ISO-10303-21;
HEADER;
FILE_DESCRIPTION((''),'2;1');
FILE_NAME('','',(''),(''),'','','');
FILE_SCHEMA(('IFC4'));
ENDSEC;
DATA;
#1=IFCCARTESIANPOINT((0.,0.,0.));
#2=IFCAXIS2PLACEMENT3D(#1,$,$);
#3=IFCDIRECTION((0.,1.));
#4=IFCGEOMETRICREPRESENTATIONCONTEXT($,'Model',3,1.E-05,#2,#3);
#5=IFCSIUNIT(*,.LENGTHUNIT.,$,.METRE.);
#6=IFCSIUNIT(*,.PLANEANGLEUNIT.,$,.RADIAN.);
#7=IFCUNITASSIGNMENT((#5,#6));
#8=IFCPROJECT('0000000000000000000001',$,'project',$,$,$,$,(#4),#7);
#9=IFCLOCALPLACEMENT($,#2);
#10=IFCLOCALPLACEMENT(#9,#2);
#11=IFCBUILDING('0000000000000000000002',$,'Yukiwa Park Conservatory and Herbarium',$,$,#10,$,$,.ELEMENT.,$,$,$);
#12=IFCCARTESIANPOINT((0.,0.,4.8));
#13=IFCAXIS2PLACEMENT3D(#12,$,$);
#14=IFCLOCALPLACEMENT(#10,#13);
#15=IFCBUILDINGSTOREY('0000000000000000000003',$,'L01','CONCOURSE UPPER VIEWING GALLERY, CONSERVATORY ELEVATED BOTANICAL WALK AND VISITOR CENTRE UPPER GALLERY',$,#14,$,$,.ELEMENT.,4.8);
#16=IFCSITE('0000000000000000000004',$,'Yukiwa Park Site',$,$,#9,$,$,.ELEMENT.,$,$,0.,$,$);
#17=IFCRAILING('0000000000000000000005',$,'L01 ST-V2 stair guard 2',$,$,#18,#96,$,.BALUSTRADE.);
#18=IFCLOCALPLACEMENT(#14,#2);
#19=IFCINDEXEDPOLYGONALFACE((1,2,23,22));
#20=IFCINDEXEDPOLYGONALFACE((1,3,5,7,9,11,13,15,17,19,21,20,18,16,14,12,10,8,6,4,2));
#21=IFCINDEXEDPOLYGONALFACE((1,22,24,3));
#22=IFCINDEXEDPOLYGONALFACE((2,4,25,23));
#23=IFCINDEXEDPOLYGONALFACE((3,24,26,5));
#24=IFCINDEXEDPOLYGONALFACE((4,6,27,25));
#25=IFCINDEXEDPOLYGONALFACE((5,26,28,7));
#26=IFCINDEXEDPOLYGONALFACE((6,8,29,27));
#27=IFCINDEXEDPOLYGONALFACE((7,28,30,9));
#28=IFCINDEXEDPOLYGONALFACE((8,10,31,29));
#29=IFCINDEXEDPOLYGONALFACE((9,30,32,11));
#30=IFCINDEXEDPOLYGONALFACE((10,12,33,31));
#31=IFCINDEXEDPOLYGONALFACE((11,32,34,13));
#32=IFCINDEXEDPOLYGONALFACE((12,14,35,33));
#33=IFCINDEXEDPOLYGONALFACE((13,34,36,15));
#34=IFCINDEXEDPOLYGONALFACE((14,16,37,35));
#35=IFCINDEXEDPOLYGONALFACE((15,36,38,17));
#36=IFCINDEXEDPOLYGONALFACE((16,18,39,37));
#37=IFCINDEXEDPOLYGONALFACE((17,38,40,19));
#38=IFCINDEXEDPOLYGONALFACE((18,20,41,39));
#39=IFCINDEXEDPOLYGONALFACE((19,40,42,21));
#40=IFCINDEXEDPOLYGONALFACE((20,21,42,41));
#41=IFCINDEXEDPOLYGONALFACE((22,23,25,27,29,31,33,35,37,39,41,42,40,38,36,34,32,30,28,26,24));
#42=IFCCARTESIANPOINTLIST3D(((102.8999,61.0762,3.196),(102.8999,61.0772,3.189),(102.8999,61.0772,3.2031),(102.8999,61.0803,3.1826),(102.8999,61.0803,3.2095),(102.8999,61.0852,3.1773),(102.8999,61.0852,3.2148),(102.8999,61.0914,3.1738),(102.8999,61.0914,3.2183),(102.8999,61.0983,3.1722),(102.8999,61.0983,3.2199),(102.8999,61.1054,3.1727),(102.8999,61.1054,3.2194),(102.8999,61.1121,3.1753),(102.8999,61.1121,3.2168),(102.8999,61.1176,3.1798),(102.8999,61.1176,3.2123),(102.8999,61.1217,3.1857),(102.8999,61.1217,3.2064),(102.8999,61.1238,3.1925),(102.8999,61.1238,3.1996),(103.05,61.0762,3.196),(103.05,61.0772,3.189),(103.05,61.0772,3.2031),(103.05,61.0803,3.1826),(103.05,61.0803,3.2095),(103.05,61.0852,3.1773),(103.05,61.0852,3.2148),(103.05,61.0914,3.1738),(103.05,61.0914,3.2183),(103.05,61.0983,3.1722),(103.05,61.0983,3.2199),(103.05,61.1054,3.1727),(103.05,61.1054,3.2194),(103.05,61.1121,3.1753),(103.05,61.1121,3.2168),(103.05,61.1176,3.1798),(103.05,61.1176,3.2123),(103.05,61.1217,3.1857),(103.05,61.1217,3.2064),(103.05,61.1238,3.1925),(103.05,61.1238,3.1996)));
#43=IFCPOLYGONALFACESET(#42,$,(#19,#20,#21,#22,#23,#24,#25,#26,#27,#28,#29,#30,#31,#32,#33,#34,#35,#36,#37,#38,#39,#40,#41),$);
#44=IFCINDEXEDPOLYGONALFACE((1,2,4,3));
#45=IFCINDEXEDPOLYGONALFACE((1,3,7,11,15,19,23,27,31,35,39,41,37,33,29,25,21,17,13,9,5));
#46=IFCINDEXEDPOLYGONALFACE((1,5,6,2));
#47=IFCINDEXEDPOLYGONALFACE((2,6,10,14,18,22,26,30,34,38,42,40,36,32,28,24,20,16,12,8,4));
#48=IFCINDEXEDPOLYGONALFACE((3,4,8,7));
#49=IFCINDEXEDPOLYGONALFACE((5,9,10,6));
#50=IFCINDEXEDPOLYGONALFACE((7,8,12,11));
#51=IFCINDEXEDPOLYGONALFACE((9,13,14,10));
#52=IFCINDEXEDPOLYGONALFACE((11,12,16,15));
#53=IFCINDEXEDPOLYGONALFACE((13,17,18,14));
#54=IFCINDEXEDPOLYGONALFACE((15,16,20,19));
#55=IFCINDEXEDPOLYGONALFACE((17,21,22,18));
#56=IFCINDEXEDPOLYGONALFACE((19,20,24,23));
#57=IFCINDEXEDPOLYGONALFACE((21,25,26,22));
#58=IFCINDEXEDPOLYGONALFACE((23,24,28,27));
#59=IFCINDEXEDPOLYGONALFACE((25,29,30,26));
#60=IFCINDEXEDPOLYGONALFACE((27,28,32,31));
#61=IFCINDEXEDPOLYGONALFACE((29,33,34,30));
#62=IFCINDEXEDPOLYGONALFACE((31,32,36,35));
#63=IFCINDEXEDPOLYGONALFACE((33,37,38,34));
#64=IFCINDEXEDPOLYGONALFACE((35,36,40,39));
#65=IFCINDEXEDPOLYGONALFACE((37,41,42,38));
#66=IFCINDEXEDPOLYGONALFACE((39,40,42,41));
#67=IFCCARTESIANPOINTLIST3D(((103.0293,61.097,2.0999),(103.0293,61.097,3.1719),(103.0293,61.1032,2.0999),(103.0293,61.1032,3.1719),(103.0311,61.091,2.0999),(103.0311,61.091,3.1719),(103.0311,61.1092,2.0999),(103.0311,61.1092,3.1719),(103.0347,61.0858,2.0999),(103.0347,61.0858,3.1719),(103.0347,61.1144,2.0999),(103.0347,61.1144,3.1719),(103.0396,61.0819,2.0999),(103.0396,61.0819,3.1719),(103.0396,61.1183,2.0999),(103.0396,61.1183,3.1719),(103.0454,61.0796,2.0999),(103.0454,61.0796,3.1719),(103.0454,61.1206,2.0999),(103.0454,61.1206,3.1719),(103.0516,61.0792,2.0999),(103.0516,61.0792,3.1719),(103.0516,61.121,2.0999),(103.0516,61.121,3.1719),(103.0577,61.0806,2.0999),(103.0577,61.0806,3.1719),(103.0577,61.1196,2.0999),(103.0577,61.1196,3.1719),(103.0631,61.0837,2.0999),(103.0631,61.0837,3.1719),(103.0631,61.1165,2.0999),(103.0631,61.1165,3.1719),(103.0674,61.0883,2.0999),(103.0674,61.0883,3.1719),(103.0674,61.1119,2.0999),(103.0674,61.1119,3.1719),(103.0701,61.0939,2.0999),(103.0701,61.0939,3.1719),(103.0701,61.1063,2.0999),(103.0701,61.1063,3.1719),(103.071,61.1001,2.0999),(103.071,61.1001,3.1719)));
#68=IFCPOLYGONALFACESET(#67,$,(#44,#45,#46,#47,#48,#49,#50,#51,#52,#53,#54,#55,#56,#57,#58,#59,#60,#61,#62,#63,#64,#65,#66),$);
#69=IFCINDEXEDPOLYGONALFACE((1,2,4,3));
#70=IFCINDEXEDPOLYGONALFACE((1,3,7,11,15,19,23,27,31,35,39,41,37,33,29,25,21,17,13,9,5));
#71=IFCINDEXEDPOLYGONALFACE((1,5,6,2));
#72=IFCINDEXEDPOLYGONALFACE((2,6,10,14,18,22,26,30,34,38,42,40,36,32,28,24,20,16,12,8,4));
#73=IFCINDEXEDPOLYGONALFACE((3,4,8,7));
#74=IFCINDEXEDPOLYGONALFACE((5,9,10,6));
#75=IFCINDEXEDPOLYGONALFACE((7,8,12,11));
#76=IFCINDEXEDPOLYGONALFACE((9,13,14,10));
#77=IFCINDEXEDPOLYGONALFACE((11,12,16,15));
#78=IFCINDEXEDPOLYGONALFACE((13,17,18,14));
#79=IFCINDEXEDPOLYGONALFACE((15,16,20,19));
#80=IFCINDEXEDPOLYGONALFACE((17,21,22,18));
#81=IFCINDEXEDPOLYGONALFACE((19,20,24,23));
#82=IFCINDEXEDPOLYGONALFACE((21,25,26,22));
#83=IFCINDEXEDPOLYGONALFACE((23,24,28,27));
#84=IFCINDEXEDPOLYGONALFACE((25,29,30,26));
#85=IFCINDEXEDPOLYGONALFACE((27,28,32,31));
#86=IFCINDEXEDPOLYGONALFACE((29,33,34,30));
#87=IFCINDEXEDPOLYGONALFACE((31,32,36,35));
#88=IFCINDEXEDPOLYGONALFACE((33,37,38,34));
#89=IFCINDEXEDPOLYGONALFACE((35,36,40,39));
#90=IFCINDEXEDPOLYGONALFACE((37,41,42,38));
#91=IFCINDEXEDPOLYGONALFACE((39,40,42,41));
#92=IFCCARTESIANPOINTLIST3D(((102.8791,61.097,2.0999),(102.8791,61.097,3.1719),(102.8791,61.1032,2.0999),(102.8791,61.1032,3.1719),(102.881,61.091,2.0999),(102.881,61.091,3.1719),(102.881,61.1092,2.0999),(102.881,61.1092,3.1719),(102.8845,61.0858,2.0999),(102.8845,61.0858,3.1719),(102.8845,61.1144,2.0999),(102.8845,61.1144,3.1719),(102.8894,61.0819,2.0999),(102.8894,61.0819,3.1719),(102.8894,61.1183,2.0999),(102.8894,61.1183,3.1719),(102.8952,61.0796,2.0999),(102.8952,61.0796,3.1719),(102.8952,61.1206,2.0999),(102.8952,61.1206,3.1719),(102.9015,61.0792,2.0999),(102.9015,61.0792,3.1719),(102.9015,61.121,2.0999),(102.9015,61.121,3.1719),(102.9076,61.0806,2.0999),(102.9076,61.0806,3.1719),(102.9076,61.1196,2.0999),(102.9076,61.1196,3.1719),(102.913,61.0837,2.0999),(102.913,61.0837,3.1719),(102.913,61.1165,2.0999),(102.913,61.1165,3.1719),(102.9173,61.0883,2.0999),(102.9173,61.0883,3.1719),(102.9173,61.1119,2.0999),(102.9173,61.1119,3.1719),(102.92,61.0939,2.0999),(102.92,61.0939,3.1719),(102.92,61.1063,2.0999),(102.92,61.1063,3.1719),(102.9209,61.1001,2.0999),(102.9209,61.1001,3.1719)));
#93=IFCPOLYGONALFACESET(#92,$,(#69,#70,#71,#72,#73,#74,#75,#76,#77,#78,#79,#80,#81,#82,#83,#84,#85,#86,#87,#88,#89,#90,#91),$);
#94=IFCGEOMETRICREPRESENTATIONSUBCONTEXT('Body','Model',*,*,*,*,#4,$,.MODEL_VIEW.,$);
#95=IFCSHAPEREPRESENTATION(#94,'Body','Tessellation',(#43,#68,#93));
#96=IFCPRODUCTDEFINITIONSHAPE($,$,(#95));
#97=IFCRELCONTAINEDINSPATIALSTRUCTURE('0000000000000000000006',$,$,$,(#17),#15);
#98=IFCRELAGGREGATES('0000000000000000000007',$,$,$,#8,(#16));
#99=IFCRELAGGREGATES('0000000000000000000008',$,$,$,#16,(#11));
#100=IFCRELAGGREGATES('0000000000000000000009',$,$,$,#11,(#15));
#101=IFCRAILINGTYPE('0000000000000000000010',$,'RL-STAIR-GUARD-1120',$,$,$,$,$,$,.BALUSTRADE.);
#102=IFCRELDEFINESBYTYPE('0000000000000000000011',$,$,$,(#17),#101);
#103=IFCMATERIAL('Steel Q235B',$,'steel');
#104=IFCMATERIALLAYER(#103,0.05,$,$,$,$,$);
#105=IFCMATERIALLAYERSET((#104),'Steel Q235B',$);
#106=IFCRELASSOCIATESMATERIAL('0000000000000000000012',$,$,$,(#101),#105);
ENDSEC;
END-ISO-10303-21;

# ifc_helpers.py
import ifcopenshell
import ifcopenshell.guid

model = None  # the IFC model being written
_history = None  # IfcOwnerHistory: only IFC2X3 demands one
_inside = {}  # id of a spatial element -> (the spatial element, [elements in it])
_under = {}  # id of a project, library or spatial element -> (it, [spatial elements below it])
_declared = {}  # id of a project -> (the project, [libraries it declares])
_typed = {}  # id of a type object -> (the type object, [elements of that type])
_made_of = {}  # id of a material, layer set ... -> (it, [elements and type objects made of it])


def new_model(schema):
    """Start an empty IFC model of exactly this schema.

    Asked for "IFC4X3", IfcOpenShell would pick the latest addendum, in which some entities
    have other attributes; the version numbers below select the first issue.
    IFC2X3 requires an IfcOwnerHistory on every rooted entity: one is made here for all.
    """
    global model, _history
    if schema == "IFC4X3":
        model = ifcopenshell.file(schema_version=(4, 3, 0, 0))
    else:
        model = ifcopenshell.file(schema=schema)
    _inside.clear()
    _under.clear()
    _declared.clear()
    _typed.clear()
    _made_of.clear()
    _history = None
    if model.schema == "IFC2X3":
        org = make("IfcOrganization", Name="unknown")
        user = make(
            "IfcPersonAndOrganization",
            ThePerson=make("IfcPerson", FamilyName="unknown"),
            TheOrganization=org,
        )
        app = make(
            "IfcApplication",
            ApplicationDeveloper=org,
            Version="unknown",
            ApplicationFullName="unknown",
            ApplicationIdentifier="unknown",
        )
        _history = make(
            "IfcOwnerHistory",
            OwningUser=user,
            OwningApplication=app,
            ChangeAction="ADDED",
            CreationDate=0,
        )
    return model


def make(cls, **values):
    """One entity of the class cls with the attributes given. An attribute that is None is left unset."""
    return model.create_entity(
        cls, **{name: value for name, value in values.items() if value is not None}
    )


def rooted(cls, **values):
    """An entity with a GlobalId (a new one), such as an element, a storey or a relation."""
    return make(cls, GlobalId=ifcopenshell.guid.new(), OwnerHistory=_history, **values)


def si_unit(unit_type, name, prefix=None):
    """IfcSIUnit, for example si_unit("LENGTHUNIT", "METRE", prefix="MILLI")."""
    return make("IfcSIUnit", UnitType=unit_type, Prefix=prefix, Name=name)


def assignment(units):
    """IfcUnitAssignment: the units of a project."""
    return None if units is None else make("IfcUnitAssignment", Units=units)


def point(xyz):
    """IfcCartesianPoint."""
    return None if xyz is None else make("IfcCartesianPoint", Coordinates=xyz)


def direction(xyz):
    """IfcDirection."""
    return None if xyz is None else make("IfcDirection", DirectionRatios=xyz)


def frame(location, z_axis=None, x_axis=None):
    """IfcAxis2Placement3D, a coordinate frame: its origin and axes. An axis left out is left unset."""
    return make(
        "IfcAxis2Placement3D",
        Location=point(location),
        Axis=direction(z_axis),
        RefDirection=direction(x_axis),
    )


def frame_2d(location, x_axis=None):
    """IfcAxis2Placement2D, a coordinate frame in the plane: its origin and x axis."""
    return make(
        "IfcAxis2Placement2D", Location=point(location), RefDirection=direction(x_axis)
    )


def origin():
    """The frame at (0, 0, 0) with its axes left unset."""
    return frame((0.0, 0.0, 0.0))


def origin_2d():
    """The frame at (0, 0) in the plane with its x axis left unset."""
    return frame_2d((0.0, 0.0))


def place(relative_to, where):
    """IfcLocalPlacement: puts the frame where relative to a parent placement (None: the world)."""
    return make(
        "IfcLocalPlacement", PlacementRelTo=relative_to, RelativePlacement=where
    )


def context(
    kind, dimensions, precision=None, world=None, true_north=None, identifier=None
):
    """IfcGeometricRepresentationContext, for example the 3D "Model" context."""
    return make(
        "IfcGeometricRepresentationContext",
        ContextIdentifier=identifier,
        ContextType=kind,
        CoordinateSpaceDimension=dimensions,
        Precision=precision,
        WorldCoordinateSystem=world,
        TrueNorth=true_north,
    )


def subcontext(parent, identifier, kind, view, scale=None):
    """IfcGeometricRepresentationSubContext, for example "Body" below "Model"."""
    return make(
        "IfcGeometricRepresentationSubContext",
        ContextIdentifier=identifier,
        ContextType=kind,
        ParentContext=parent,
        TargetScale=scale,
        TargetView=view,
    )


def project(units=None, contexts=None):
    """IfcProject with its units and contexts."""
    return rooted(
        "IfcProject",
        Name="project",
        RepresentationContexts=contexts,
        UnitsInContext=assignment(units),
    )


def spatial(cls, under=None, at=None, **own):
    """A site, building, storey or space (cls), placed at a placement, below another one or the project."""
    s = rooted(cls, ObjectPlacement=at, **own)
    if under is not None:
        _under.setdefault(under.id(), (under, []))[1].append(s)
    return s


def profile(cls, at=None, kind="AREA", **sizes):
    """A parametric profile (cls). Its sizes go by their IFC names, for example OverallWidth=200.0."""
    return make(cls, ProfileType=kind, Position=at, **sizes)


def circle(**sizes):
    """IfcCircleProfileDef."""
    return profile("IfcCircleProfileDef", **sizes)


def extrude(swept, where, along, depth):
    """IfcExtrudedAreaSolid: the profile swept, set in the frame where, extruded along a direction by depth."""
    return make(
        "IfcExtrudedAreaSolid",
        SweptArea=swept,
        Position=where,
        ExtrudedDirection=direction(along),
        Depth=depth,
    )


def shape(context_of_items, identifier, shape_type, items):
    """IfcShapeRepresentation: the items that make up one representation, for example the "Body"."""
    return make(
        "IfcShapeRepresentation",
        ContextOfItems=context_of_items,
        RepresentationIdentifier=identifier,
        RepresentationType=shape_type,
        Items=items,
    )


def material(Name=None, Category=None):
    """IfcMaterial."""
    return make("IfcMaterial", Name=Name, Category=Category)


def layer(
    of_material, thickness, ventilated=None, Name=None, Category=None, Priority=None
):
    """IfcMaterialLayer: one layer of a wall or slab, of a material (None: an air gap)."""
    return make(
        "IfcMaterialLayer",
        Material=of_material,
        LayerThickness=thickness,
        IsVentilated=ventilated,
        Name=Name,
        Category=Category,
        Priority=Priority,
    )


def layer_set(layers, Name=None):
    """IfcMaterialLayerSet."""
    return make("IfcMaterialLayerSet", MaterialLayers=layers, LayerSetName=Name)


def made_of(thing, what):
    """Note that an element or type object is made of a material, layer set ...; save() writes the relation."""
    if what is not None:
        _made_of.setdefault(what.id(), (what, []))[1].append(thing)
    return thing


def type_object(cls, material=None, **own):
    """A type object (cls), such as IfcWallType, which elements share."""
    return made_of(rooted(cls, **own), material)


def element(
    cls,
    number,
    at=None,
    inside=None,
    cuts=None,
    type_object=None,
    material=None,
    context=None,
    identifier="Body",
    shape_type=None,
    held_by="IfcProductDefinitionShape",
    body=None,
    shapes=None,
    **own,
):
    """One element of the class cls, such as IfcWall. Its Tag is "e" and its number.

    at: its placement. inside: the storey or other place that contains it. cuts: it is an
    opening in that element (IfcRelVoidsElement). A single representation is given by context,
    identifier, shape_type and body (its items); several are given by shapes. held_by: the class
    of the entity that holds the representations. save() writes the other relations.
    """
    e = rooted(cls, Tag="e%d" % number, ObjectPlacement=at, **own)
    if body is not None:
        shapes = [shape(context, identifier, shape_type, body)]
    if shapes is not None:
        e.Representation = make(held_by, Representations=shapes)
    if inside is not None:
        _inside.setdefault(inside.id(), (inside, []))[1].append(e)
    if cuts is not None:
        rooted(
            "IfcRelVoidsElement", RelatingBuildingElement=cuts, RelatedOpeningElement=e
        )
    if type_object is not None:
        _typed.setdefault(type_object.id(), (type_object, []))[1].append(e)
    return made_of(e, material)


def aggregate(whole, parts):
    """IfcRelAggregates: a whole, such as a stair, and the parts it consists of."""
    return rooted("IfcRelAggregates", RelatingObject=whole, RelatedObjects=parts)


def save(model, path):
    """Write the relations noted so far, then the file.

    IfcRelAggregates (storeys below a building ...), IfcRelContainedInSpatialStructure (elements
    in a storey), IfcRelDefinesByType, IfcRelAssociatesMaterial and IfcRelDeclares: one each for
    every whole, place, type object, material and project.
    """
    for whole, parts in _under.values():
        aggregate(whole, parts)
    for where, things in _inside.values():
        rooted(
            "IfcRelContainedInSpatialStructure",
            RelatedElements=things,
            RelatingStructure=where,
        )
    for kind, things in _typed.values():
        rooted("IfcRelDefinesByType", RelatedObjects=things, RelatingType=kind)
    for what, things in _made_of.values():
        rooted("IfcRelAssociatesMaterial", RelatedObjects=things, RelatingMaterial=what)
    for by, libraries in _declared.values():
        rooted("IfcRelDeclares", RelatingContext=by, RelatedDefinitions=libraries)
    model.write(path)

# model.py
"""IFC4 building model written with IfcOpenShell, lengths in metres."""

from ifc_helpers import new_model, si_unit, direction, frame, origin, origin_2d, place, context, subcontext, project, spatial, circle, extrude, material, layer, layer_set, type_object, element, save


model = new_model("IFC4")

# Units and contexts
model_context = context("Model", 3, precision=1e-05, world=origin(), true_north=direction((0.0, 1.0)))
body_context = subcontext(model_context, "Body", "Model", "MODEL_VIEW")
ifc_project = project(units=[si_unit("LENGTHUNIT", "METRE"), si_unit("PLANEANGLEUNIT", "RADIAN")], contexts=[model_context])

# Site, building, storey
site_placement = place(None, origin())
site = spatial("IfcSite", under=ifc_project, at=site_placement, Name="Yukiwa Park Site", CompositionType="ELEMENT", RefElevation=0.0)
building_placement = place(site_placement, origin())
building = spatial("IfcBuilding", under=site, at=building_placement, Name="Yukiwa Park Conservatory and Herbarium", CompositionType="ELEMENT")
storey_placement = place(building_placement, frame((0.0, 0.0, 4.8)))
storey = spatial("IfcBuildingStorey", under=building, at=storey_placement, Name="L01", Description="CONCOURSE UPPER VIEWING GALLERY, CONSERVATORY ELEVATED BOTANICAL WALK AND VISITOR CENTRE UPPER GALLERY", CompositionType="ELEMENT", Elevation=4.8)

# Railing
ifc_material_1 = material(Name="Steel Q235B", Category="steel")
ifc_layer_1 = layer(ifc_material_1, 0.05)
ifc_layer_set_1 = layer_set([ifc_layer_1], Name="Steel Q235B")
railing_type_1 = type_object("IfcRailingType", Name="RL-STAIR-GUARD-1120", PredefinedType="BALUSTRADE", material=ifc_layer_set_1)
railing_1_placement = place(storey_placement, frame((103.05, 61.1001, 2.0999)))
element("IfcRailing", 1, at=railing_1_placement, inside=storey, type_object=railing_type_1, Name="L01 ST-V2 stair guard 2", PredefinedType="BALUSTRADE", context=body_context, shape_type="SweptSolid", body=[
    extrude(circle(Radius=0.0239, at=origin_2d()), frame((0.0, 0.0, 1.0962), z_axis=(-1.0, 0.0, 0.0), x_axis=(0.0, -1.0, 0.0)), (0.0, 0.0, 1.0), 0.1501),
    extrude(circle(Radius=0.021, at=origin_2d()), origin(), (0.0, 0.0, 1.0), 1.072),
    extrude(circle(Radius=0.021, at=origin_2d()), frame((-0.1501, 0.0, 0.0)), (0.0, 0.0, 1.0), 1.072),
])

save(model, "model.ifc")
